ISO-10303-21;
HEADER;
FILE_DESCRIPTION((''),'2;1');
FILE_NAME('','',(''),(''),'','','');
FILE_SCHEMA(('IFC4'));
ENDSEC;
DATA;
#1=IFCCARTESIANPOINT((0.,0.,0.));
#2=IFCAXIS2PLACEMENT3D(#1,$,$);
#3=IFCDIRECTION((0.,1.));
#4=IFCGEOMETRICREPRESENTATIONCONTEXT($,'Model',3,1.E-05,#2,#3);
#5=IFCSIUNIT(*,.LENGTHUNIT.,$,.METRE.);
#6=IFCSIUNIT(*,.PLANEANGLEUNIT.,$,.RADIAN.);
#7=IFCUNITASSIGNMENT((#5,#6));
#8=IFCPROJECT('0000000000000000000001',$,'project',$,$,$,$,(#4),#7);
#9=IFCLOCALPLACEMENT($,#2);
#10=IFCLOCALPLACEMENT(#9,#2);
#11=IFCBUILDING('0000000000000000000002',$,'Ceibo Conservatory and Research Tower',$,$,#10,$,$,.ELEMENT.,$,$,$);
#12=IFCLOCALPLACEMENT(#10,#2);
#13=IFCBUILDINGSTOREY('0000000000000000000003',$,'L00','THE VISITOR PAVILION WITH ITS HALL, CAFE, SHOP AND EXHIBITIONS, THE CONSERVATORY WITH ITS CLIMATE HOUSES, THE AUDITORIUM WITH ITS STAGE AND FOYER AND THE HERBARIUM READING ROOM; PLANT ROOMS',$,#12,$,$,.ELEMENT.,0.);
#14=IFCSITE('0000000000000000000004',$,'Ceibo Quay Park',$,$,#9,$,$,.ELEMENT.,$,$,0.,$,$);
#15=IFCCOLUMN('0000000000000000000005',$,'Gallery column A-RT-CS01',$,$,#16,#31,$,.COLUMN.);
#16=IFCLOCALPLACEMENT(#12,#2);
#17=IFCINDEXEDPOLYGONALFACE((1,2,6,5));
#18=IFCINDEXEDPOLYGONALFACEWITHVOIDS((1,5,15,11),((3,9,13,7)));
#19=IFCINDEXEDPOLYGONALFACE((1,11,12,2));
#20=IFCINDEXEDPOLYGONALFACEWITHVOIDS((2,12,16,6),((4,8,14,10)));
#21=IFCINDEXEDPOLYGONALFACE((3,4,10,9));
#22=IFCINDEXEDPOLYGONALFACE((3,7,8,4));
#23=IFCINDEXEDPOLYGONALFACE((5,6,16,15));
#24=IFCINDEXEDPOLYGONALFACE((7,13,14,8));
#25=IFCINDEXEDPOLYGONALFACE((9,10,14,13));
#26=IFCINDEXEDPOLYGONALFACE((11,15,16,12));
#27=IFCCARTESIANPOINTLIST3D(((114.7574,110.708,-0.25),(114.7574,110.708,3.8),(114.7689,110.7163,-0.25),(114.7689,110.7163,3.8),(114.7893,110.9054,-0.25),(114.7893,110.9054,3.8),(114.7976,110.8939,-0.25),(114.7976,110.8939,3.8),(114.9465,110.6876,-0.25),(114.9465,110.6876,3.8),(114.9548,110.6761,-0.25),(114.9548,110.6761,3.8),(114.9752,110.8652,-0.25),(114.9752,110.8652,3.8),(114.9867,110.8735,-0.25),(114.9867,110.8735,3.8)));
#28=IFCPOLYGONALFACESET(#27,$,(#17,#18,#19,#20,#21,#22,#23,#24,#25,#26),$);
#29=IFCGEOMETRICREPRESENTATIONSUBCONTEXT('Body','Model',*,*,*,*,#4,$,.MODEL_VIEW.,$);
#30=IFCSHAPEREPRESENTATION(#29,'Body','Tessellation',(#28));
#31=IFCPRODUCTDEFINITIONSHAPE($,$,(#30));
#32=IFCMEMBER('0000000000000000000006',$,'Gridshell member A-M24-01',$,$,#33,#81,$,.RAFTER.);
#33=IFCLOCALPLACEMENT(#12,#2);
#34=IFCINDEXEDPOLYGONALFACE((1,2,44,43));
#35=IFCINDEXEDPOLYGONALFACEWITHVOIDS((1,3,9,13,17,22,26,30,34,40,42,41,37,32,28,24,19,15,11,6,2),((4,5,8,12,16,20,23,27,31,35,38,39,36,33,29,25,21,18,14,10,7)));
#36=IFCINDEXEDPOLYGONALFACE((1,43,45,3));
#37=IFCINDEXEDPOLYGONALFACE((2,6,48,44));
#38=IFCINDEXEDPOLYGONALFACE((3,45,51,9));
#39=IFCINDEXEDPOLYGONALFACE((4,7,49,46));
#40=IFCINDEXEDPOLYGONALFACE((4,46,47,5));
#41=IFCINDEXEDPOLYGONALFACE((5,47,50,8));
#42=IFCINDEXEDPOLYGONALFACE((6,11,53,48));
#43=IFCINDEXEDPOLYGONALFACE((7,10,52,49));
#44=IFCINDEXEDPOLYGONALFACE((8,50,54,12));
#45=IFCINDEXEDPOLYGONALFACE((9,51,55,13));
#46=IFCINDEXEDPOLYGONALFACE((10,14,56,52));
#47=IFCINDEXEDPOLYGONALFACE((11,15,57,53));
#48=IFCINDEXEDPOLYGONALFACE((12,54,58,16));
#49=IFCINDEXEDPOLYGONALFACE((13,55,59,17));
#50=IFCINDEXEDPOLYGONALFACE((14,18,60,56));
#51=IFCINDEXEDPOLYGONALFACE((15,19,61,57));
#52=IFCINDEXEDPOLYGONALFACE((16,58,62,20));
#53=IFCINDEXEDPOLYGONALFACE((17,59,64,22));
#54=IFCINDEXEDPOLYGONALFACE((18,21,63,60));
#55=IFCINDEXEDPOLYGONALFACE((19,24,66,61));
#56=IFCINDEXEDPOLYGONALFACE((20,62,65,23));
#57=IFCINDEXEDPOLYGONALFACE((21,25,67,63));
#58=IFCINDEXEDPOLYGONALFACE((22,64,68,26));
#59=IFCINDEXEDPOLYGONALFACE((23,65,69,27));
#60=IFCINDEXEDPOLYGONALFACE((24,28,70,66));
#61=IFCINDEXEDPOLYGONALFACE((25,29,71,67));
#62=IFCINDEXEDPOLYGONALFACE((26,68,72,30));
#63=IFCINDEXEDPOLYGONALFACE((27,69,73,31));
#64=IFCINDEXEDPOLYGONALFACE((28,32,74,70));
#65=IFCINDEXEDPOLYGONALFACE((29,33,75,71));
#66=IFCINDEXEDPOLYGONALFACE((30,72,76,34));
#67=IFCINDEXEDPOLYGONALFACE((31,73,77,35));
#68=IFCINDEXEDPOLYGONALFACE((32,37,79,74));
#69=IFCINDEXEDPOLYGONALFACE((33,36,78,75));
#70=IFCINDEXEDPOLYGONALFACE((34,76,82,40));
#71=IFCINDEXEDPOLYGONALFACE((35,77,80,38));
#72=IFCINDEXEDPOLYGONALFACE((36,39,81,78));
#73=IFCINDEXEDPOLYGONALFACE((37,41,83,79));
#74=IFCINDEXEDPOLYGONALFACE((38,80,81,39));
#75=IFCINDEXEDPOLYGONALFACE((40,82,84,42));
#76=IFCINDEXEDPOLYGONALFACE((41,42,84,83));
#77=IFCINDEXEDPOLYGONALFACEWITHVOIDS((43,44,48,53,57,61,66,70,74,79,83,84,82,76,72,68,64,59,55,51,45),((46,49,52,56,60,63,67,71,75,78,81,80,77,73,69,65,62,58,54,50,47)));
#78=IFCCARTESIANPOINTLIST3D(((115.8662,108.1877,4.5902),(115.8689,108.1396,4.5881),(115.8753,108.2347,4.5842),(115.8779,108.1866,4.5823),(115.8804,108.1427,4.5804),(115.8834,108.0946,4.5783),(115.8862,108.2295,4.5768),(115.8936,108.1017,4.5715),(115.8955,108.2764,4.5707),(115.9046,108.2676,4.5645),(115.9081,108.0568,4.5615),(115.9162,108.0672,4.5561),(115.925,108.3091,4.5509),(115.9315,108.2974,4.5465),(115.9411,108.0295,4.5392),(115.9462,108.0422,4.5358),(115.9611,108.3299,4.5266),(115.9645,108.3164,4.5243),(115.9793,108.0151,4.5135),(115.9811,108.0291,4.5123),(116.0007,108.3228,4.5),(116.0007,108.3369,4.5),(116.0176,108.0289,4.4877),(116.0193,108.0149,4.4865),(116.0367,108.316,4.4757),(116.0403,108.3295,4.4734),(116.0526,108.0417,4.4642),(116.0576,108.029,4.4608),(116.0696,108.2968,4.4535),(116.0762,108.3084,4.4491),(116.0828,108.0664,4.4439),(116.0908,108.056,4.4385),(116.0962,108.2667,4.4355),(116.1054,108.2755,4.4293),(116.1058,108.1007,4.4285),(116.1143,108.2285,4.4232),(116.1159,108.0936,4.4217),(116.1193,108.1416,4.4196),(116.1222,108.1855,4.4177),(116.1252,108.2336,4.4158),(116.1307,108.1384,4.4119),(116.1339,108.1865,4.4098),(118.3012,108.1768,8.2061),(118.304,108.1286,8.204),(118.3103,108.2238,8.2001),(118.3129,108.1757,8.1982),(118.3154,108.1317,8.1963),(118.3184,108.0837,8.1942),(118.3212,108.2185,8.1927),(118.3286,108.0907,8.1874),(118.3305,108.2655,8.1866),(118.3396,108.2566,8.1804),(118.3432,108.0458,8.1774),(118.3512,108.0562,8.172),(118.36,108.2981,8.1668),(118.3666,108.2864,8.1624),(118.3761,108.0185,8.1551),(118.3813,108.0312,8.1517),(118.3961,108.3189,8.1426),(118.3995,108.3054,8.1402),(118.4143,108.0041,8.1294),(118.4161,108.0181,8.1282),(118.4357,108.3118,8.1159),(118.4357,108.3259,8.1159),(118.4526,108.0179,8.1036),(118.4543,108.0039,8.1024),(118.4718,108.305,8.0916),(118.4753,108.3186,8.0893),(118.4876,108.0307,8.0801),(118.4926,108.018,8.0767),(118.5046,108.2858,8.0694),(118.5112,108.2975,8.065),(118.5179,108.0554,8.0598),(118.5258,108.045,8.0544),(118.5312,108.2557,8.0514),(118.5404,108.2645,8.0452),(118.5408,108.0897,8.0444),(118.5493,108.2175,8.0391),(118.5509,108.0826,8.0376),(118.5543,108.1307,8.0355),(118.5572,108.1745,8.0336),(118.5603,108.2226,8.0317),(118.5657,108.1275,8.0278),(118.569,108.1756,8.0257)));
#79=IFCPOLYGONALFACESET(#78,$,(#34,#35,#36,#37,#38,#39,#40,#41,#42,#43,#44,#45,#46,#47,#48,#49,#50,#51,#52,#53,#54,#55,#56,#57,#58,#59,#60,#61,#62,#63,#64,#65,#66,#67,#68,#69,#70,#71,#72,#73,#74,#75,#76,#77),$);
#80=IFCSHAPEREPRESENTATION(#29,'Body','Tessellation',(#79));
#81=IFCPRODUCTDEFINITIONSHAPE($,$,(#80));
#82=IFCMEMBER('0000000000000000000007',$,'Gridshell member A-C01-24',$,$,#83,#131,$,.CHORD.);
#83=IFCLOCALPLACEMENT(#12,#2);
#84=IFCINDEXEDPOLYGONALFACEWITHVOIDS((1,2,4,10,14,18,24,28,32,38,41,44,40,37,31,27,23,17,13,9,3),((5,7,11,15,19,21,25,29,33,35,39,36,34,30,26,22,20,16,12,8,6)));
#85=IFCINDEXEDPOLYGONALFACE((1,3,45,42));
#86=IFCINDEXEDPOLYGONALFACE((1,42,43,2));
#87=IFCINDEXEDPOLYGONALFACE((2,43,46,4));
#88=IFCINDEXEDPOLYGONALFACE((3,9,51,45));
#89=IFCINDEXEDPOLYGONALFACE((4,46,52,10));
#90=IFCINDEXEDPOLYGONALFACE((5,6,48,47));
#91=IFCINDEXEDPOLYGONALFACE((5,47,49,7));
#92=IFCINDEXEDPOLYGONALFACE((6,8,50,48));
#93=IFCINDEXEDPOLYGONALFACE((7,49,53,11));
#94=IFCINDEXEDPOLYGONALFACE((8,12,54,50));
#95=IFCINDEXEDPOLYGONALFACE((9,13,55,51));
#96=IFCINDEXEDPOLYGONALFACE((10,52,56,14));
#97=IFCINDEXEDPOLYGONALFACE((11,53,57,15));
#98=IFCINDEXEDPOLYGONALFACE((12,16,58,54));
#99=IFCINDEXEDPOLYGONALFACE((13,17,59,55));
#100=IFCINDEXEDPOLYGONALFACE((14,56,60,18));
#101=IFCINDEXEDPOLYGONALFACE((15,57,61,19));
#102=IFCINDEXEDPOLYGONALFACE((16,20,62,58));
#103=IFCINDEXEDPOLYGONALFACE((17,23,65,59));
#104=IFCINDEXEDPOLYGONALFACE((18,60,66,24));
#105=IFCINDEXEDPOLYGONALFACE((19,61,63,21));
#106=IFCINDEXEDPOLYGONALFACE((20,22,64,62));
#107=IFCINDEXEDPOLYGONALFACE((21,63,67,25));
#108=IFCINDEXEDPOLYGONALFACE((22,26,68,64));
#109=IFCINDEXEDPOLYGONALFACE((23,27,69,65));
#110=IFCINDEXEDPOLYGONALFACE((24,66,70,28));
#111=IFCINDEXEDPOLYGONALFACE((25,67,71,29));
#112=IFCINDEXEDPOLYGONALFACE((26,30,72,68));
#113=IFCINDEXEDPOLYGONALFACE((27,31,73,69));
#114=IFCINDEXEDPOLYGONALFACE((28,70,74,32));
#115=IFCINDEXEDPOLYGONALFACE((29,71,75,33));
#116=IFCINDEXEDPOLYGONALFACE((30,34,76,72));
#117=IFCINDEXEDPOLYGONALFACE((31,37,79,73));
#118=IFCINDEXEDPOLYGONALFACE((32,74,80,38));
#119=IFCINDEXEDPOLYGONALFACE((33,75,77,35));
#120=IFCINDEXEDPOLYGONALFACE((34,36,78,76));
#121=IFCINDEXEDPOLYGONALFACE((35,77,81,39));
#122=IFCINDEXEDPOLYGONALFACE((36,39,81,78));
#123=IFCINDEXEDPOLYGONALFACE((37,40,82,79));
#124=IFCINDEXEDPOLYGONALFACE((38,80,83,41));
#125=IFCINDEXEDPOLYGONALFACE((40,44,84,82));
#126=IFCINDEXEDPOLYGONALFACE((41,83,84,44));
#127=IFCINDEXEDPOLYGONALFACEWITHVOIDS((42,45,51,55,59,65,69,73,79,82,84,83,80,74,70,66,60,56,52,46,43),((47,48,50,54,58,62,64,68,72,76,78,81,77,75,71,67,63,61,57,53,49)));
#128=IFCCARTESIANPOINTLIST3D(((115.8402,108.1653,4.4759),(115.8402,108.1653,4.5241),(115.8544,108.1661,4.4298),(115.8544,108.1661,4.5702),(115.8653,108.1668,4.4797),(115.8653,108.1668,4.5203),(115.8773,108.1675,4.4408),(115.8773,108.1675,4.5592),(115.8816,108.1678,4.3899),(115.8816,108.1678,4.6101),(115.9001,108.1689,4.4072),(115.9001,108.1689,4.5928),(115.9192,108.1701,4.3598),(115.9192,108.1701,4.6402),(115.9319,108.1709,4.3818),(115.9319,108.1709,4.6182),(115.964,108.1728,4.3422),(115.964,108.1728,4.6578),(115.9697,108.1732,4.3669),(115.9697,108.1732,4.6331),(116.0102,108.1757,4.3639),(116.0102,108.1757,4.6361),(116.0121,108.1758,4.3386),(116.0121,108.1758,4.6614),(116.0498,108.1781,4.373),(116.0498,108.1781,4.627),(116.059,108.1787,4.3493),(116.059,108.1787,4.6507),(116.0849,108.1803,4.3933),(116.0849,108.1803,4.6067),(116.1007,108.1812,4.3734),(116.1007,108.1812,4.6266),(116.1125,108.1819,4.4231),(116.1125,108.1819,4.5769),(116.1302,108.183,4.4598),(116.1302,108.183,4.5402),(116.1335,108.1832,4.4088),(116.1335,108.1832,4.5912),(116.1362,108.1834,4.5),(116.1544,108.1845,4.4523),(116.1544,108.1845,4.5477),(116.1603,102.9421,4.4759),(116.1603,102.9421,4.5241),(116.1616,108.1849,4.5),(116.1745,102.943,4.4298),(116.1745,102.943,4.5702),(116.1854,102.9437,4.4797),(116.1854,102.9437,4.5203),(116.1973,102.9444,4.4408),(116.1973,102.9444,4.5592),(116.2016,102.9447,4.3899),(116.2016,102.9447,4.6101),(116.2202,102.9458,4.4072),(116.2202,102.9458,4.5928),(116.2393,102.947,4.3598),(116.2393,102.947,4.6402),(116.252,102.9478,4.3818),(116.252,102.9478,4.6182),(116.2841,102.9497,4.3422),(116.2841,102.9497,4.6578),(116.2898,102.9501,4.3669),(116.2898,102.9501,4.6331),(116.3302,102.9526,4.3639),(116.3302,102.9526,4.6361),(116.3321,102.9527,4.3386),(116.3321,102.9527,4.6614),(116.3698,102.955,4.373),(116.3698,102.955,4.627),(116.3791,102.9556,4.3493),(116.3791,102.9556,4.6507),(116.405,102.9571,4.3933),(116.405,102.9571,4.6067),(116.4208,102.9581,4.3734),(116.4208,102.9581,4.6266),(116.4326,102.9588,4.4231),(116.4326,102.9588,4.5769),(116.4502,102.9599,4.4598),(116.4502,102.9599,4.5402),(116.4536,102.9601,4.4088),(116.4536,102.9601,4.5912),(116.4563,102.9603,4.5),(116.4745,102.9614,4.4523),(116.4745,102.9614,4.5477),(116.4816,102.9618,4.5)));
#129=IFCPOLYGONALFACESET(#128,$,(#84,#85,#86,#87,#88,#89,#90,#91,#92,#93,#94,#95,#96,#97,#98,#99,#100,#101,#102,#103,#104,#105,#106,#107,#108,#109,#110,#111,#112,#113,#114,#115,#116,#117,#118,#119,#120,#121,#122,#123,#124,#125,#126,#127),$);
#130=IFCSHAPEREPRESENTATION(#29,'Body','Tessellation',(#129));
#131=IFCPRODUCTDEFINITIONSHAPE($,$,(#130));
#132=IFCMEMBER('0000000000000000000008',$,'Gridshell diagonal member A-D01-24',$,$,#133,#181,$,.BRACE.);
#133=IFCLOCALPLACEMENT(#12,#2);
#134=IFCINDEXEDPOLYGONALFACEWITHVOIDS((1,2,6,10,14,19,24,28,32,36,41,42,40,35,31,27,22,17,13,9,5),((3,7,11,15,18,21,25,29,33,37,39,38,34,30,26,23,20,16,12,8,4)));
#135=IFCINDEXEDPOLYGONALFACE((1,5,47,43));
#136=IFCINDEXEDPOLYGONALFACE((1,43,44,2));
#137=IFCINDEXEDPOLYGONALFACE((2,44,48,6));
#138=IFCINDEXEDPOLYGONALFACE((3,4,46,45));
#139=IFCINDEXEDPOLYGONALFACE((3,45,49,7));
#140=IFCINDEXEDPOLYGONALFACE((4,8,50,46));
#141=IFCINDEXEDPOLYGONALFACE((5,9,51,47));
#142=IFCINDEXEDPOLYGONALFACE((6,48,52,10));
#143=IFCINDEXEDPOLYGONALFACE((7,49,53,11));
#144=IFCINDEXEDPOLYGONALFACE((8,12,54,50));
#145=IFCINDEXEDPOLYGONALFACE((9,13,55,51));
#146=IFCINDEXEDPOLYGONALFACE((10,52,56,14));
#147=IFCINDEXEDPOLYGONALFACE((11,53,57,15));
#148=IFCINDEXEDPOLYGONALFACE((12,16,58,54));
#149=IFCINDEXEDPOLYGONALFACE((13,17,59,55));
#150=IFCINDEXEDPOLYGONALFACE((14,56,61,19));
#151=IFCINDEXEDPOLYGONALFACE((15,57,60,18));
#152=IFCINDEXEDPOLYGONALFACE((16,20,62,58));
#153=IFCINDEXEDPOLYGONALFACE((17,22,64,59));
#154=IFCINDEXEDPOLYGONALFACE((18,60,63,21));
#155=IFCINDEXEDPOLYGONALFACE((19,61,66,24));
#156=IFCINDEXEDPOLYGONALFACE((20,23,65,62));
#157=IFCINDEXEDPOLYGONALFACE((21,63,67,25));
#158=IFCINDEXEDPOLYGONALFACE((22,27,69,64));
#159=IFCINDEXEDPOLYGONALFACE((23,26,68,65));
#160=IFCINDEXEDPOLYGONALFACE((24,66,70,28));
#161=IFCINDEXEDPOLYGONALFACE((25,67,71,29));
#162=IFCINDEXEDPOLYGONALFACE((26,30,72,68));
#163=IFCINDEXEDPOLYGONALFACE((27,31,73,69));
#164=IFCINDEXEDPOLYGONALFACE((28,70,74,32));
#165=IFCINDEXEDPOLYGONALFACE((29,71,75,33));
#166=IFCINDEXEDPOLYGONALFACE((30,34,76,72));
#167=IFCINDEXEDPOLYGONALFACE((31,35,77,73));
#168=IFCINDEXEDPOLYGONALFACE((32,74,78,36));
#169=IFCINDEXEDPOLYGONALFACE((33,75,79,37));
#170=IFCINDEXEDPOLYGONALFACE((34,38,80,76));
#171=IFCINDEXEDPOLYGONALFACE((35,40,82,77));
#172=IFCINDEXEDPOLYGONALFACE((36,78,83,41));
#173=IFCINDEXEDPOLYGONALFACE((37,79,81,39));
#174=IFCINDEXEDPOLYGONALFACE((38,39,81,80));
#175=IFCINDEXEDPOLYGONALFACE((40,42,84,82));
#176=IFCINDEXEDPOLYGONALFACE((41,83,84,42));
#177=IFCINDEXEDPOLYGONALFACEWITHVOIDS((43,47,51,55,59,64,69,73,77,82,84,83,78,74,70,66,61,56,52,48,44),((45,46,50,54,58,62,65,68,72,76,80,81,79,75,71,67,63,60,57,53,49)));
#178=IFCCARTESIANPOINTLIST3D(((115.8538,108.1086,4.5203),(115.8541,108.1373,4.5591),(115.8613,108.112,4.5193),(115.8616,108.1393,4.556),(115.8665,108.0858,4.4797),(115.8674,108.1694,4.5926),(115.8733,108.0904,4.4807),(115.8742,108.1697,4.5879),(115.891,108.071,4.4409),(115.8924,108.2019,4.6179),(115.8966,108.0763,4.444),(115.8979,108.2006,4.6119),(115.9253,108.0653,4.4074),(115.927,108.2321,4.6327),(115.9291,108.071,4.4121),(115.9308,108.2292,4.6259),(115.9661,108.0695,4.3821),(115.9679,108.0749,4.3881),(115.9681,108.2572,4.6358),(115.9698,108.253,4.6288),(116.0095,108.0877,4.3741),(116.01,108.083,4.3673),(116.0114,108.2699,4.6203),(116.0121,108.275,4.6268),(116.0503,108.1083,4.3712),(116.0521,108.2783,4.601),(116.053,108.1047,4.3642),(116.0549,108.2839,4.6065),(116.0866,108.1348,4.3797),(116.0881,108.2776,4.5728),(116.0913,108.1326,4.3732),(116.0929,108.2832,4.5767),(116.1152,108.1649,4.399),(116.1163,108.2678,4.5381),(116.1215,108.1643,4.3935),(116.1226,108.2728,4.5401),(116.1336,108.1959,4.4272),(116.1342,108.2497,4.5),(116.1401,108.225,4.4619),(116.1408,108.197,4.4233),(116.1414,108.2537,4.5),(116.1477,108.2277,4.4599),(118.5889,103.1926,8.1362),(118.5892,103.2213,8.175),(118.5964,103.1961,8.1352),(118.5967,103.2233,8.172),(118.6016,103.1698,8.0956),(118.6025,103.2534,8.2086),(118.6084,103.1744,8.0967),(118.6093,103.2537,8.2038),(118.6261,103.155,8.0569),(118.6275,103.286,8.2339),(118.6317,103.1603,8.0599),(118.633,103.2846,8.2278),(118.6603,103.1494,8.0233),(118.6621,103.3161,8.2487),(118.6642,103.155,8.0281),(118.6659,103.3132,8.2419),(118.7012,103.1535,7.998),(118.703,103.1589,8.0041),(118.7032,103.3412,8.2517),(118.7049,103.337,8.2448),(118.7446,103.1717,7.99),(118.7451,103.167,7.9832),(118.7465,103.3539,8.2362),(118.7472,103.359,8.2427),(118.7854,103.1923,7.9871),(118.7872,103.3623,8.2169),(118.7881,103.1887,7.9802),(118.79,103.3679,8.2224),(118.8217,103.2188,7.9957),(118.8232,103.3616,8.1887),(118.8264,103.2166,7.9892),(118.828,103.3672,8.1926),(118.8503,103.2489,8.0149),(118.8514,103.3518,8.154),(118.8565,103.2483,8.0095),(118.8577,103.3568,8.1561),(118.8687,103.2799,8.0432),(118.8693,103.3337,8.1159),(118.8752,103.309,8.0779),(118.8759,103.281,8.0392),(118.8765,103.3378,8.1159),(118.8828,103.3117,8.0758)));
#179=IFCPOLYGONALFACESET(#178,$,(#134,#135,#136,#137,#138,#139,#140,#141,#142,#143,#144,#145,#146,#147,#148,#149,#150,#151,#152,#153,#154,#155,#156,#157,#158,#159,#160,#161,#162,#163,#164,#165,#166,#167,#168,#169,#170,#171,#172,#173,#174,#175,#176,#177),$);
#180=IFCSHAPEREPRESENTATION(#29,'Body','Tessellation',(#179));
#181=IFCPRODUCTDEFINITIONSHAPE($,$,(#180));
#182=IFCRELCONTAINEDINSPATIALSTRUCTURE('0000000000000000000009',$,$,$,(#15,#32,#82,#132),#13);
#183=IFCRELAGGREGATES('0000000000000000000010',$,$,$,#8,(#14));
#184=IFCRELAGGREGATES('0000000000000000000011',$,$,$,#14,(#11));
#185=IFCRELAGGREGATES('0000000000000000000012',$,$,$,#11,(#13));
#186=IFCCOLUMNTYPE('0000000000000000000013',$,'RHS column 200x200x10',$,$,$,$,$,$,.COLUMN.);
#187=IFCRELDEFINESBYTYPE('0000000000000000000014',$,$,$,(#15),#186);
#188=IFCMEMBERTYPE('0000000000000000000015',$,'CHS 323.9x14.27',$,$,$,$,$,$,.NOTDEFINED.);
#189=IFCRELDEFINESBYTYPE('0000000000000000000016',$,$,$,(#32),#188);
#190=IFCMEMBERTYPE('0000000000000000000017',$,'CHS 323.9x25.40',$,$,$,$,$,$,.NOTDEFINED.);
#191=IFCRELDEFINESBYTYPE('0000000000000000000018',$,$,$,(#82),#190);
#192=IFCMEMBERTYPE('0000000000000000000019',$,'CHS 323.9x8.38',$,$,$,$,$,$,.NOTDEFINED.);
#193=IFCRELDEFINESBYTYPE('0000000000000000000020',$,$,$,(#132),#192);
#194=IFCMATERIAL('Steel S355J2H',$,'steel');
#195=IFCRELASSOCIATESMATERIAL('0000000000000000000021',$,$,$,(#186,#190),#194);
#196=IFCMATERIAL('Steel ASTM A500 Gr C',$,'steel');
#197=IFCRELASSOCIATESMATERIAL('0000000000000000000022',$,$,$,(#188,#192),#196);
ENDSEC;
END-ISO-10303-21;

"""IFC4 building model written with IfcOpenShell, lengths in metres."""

from ifc_helpers import new_model, si_unit, direction, frame, origin, origin_2d, place, context, subcontext, project, spatial, hollow_rectangle, hollow_circle, extrude, material, material_profile, profile_set, type_object, element, save


model = new_model("IFC4")

# Units and contexts
model_context = context("Model", 3, precision=1e-05, world=origin(), true_north=direction((0.0, 1.0)))
body_context = subcontext(model_context, "Body", "Model", "MODEL_VIEW")
ifc_project = project(units=[si_unit("LENGTHUNIT", "METRE"), si_unit("PLANEANGLEUNIT", "RADIAN")], contexts=[model_context])

# Site, building, storey
site_placement = place(None, origin())
site = spatial("IfcSite", under=ifc_project, at=site_placement, Name="Ceibo Quay Park", CompositionType="ELEMENT", RefElevation=0.0)
building_placement = place(site_placement, origin())
building = spatial("IfcBuilding", under=site, at=building_placement, Name="Ceibo Conservatory and Research Tower", CompositionType="ELEMENT")
storey_placement = place(building_placement, origin())
storey = spatial("IfcBuildingStorey", under=building, at=storey_placement, Name="L00", Description="THE VISITOR PAVILION WITH ITS HALL, CAFE, SHOP AND EXHIBITIONS, THE CONSERVATORY WITH ITS CLIMATE HOUSES, THE AUDITORIUM WITH ITS STAGE AND FOYER AND THE HERBARIUM READING ROOM; PLANT ROOMS", CompositionType="ELEMENT", Elevation=0.0)

# Column
ifc_material_1 = material(Name="Steel S355J2H", Category="steel")
ifc_material_profile_1 = material_profile(ifc_material_1, hollow_rectangle(XDim=0.2, YDim=0.2, WallThickness=0.01, at=origin_2d()), Name="RHS column 200x200x10")
ifc_profile_set_1 = profile_set([ifc_material_profile_1], Name="Steel S355J2H")
column_type = type_object("IfcColumnType", Name="RHS column 200x200x10", PredefinedType="COLUMN", material=ifc_profile_set_1)
column_placement = place(storey_placement, frame((114.8721, 110.7908, -0.25), z_axis=(0.0, 0.0, 1.0), x_axis=(-0.987216, 0.159391, 0.0)))
element("IfcColumn", 1, at=column_placement, inside=storey, type_object=column_type, Name="Gallery column A-RT-CS01", PredefinedType="COLUMN", context=body_context, shape_type="SweptSolid", body=[
    extrude(hollow_rectangle(XDim=0.2, YDim=0.2, WallThickness=0.01, at=origin_2d()), origin(), (0.0, 0.0, 1.0), 4.05),
])

# Members
ifc_material_2 = material(Name="Steel ASTM A500 Gr C", Category="steel")
ifc_material_profile_2 = material_profile(ifc_material_2, hollow_circle(Radius=0.1619, WallThickness=0.0142, at=origin_2d()), Name="CHS 323.9x14.27")
ifc_profile_set_2 = profile_set([ifc_material_profile_2], Name="Steel ASTM A500 Gr C")
member_type_1 = type_object("IfcMemberType", Name="CHS 323.9x14.27", PredefinedType="NOTDEFINED", material=ifc_profile_set_2)
member_1_placement = place(storey_placement, frame((116.0, 108.175, 4.5), z_axis=(0.55857, -0.00252, 0.829454), x_axis=(0.004512, 0.99999, 0.0)))
element("IfcMember", 2, at=member_1_placement, inside=storey, type_object=member_type_1, Name="Gridshell member A-M24-01", PredefinedType="RAFTER", context=body_context, shape_type="SweptSolid", body=[
    extrude(hollow_circle(Radius=0.1619, WallThickness=0.0142, at=origin_2d()), origin(), (0.0, 0.0, 1.0), 4.3594),
])
ifc_material_profile_3 = material_profile(ifc_material_1, hollow_circle(Radius=0.1619, WallThickness=0.0254, at=origin_2d()), Name="CHS 323.9x25.40")
ifc_profile_set_3 = profile_set([ifc_material_profile_3], Name="Steel S355J2H")
member_type_2 = type_object("IfcMemberType", Name="CHS 323.9x25.40", PredefinedType="NOTDEFINED", material=ifc_profile_set_3)
member_2_placement = place(storey_placement, frame((116.0, 108.175, 4.5), z_axis=(0.061164, -0.998128, 0.0), x_axis=(0.998128, 0.061164, 0.0)))
element("IfcMember", 3, at=member_2_placement, inside=storey, type_object=member_type_2, Name="Gridshell member A-C01-24", PredefinedType="CHORD", context=body_context, shape_type="SweptSolid", body=[
    extrude(hollow_circle(Radius=0.1619, WallThickness=0.0254, at=origin_2d()), origin(), (0.0, 0.0, 1.0), 5.2329),
])
ifc_material_profile_4 = material_profile(ifc_material_2, hollow_circle(Radius=0.1619, WallThickness=0.0083, at=origin_2d()), Name="CHS 323.9x8.38")
ifc_profile_set_4 = profile_set([ifc_material_profile_4], Name="Steel ASTM A500 Gr C")
member_type_3 = type_object("IfcMemberType", Name="CHS 323.9x8.38", PredefinedType="NOTDEFINED", material=ifc_profile_set_4)
member_3_placement = place(storey_placement, frame((116.0, 108.175, 4.5), z_axis=(0.408985, -0.7351, 0.540702), x_axis=(0.873856, 0.486184, 0.0)))
element("IfcMember", 4, at=member_3_placement, inside=storey, type_object=member_type_3, Name="Gridshell diagonal member A-D01-24", PredefinedType="BRACE", context=body_context, shape_type="SweptSolid", body=[
    extrude(hollow_circle(Radius=0.1619, WallThickness=0.0083, at=origin_2d()), origin(), (0.0, 0.0, 1.0), 6.6875),
])

save(model, "model.ifc")
